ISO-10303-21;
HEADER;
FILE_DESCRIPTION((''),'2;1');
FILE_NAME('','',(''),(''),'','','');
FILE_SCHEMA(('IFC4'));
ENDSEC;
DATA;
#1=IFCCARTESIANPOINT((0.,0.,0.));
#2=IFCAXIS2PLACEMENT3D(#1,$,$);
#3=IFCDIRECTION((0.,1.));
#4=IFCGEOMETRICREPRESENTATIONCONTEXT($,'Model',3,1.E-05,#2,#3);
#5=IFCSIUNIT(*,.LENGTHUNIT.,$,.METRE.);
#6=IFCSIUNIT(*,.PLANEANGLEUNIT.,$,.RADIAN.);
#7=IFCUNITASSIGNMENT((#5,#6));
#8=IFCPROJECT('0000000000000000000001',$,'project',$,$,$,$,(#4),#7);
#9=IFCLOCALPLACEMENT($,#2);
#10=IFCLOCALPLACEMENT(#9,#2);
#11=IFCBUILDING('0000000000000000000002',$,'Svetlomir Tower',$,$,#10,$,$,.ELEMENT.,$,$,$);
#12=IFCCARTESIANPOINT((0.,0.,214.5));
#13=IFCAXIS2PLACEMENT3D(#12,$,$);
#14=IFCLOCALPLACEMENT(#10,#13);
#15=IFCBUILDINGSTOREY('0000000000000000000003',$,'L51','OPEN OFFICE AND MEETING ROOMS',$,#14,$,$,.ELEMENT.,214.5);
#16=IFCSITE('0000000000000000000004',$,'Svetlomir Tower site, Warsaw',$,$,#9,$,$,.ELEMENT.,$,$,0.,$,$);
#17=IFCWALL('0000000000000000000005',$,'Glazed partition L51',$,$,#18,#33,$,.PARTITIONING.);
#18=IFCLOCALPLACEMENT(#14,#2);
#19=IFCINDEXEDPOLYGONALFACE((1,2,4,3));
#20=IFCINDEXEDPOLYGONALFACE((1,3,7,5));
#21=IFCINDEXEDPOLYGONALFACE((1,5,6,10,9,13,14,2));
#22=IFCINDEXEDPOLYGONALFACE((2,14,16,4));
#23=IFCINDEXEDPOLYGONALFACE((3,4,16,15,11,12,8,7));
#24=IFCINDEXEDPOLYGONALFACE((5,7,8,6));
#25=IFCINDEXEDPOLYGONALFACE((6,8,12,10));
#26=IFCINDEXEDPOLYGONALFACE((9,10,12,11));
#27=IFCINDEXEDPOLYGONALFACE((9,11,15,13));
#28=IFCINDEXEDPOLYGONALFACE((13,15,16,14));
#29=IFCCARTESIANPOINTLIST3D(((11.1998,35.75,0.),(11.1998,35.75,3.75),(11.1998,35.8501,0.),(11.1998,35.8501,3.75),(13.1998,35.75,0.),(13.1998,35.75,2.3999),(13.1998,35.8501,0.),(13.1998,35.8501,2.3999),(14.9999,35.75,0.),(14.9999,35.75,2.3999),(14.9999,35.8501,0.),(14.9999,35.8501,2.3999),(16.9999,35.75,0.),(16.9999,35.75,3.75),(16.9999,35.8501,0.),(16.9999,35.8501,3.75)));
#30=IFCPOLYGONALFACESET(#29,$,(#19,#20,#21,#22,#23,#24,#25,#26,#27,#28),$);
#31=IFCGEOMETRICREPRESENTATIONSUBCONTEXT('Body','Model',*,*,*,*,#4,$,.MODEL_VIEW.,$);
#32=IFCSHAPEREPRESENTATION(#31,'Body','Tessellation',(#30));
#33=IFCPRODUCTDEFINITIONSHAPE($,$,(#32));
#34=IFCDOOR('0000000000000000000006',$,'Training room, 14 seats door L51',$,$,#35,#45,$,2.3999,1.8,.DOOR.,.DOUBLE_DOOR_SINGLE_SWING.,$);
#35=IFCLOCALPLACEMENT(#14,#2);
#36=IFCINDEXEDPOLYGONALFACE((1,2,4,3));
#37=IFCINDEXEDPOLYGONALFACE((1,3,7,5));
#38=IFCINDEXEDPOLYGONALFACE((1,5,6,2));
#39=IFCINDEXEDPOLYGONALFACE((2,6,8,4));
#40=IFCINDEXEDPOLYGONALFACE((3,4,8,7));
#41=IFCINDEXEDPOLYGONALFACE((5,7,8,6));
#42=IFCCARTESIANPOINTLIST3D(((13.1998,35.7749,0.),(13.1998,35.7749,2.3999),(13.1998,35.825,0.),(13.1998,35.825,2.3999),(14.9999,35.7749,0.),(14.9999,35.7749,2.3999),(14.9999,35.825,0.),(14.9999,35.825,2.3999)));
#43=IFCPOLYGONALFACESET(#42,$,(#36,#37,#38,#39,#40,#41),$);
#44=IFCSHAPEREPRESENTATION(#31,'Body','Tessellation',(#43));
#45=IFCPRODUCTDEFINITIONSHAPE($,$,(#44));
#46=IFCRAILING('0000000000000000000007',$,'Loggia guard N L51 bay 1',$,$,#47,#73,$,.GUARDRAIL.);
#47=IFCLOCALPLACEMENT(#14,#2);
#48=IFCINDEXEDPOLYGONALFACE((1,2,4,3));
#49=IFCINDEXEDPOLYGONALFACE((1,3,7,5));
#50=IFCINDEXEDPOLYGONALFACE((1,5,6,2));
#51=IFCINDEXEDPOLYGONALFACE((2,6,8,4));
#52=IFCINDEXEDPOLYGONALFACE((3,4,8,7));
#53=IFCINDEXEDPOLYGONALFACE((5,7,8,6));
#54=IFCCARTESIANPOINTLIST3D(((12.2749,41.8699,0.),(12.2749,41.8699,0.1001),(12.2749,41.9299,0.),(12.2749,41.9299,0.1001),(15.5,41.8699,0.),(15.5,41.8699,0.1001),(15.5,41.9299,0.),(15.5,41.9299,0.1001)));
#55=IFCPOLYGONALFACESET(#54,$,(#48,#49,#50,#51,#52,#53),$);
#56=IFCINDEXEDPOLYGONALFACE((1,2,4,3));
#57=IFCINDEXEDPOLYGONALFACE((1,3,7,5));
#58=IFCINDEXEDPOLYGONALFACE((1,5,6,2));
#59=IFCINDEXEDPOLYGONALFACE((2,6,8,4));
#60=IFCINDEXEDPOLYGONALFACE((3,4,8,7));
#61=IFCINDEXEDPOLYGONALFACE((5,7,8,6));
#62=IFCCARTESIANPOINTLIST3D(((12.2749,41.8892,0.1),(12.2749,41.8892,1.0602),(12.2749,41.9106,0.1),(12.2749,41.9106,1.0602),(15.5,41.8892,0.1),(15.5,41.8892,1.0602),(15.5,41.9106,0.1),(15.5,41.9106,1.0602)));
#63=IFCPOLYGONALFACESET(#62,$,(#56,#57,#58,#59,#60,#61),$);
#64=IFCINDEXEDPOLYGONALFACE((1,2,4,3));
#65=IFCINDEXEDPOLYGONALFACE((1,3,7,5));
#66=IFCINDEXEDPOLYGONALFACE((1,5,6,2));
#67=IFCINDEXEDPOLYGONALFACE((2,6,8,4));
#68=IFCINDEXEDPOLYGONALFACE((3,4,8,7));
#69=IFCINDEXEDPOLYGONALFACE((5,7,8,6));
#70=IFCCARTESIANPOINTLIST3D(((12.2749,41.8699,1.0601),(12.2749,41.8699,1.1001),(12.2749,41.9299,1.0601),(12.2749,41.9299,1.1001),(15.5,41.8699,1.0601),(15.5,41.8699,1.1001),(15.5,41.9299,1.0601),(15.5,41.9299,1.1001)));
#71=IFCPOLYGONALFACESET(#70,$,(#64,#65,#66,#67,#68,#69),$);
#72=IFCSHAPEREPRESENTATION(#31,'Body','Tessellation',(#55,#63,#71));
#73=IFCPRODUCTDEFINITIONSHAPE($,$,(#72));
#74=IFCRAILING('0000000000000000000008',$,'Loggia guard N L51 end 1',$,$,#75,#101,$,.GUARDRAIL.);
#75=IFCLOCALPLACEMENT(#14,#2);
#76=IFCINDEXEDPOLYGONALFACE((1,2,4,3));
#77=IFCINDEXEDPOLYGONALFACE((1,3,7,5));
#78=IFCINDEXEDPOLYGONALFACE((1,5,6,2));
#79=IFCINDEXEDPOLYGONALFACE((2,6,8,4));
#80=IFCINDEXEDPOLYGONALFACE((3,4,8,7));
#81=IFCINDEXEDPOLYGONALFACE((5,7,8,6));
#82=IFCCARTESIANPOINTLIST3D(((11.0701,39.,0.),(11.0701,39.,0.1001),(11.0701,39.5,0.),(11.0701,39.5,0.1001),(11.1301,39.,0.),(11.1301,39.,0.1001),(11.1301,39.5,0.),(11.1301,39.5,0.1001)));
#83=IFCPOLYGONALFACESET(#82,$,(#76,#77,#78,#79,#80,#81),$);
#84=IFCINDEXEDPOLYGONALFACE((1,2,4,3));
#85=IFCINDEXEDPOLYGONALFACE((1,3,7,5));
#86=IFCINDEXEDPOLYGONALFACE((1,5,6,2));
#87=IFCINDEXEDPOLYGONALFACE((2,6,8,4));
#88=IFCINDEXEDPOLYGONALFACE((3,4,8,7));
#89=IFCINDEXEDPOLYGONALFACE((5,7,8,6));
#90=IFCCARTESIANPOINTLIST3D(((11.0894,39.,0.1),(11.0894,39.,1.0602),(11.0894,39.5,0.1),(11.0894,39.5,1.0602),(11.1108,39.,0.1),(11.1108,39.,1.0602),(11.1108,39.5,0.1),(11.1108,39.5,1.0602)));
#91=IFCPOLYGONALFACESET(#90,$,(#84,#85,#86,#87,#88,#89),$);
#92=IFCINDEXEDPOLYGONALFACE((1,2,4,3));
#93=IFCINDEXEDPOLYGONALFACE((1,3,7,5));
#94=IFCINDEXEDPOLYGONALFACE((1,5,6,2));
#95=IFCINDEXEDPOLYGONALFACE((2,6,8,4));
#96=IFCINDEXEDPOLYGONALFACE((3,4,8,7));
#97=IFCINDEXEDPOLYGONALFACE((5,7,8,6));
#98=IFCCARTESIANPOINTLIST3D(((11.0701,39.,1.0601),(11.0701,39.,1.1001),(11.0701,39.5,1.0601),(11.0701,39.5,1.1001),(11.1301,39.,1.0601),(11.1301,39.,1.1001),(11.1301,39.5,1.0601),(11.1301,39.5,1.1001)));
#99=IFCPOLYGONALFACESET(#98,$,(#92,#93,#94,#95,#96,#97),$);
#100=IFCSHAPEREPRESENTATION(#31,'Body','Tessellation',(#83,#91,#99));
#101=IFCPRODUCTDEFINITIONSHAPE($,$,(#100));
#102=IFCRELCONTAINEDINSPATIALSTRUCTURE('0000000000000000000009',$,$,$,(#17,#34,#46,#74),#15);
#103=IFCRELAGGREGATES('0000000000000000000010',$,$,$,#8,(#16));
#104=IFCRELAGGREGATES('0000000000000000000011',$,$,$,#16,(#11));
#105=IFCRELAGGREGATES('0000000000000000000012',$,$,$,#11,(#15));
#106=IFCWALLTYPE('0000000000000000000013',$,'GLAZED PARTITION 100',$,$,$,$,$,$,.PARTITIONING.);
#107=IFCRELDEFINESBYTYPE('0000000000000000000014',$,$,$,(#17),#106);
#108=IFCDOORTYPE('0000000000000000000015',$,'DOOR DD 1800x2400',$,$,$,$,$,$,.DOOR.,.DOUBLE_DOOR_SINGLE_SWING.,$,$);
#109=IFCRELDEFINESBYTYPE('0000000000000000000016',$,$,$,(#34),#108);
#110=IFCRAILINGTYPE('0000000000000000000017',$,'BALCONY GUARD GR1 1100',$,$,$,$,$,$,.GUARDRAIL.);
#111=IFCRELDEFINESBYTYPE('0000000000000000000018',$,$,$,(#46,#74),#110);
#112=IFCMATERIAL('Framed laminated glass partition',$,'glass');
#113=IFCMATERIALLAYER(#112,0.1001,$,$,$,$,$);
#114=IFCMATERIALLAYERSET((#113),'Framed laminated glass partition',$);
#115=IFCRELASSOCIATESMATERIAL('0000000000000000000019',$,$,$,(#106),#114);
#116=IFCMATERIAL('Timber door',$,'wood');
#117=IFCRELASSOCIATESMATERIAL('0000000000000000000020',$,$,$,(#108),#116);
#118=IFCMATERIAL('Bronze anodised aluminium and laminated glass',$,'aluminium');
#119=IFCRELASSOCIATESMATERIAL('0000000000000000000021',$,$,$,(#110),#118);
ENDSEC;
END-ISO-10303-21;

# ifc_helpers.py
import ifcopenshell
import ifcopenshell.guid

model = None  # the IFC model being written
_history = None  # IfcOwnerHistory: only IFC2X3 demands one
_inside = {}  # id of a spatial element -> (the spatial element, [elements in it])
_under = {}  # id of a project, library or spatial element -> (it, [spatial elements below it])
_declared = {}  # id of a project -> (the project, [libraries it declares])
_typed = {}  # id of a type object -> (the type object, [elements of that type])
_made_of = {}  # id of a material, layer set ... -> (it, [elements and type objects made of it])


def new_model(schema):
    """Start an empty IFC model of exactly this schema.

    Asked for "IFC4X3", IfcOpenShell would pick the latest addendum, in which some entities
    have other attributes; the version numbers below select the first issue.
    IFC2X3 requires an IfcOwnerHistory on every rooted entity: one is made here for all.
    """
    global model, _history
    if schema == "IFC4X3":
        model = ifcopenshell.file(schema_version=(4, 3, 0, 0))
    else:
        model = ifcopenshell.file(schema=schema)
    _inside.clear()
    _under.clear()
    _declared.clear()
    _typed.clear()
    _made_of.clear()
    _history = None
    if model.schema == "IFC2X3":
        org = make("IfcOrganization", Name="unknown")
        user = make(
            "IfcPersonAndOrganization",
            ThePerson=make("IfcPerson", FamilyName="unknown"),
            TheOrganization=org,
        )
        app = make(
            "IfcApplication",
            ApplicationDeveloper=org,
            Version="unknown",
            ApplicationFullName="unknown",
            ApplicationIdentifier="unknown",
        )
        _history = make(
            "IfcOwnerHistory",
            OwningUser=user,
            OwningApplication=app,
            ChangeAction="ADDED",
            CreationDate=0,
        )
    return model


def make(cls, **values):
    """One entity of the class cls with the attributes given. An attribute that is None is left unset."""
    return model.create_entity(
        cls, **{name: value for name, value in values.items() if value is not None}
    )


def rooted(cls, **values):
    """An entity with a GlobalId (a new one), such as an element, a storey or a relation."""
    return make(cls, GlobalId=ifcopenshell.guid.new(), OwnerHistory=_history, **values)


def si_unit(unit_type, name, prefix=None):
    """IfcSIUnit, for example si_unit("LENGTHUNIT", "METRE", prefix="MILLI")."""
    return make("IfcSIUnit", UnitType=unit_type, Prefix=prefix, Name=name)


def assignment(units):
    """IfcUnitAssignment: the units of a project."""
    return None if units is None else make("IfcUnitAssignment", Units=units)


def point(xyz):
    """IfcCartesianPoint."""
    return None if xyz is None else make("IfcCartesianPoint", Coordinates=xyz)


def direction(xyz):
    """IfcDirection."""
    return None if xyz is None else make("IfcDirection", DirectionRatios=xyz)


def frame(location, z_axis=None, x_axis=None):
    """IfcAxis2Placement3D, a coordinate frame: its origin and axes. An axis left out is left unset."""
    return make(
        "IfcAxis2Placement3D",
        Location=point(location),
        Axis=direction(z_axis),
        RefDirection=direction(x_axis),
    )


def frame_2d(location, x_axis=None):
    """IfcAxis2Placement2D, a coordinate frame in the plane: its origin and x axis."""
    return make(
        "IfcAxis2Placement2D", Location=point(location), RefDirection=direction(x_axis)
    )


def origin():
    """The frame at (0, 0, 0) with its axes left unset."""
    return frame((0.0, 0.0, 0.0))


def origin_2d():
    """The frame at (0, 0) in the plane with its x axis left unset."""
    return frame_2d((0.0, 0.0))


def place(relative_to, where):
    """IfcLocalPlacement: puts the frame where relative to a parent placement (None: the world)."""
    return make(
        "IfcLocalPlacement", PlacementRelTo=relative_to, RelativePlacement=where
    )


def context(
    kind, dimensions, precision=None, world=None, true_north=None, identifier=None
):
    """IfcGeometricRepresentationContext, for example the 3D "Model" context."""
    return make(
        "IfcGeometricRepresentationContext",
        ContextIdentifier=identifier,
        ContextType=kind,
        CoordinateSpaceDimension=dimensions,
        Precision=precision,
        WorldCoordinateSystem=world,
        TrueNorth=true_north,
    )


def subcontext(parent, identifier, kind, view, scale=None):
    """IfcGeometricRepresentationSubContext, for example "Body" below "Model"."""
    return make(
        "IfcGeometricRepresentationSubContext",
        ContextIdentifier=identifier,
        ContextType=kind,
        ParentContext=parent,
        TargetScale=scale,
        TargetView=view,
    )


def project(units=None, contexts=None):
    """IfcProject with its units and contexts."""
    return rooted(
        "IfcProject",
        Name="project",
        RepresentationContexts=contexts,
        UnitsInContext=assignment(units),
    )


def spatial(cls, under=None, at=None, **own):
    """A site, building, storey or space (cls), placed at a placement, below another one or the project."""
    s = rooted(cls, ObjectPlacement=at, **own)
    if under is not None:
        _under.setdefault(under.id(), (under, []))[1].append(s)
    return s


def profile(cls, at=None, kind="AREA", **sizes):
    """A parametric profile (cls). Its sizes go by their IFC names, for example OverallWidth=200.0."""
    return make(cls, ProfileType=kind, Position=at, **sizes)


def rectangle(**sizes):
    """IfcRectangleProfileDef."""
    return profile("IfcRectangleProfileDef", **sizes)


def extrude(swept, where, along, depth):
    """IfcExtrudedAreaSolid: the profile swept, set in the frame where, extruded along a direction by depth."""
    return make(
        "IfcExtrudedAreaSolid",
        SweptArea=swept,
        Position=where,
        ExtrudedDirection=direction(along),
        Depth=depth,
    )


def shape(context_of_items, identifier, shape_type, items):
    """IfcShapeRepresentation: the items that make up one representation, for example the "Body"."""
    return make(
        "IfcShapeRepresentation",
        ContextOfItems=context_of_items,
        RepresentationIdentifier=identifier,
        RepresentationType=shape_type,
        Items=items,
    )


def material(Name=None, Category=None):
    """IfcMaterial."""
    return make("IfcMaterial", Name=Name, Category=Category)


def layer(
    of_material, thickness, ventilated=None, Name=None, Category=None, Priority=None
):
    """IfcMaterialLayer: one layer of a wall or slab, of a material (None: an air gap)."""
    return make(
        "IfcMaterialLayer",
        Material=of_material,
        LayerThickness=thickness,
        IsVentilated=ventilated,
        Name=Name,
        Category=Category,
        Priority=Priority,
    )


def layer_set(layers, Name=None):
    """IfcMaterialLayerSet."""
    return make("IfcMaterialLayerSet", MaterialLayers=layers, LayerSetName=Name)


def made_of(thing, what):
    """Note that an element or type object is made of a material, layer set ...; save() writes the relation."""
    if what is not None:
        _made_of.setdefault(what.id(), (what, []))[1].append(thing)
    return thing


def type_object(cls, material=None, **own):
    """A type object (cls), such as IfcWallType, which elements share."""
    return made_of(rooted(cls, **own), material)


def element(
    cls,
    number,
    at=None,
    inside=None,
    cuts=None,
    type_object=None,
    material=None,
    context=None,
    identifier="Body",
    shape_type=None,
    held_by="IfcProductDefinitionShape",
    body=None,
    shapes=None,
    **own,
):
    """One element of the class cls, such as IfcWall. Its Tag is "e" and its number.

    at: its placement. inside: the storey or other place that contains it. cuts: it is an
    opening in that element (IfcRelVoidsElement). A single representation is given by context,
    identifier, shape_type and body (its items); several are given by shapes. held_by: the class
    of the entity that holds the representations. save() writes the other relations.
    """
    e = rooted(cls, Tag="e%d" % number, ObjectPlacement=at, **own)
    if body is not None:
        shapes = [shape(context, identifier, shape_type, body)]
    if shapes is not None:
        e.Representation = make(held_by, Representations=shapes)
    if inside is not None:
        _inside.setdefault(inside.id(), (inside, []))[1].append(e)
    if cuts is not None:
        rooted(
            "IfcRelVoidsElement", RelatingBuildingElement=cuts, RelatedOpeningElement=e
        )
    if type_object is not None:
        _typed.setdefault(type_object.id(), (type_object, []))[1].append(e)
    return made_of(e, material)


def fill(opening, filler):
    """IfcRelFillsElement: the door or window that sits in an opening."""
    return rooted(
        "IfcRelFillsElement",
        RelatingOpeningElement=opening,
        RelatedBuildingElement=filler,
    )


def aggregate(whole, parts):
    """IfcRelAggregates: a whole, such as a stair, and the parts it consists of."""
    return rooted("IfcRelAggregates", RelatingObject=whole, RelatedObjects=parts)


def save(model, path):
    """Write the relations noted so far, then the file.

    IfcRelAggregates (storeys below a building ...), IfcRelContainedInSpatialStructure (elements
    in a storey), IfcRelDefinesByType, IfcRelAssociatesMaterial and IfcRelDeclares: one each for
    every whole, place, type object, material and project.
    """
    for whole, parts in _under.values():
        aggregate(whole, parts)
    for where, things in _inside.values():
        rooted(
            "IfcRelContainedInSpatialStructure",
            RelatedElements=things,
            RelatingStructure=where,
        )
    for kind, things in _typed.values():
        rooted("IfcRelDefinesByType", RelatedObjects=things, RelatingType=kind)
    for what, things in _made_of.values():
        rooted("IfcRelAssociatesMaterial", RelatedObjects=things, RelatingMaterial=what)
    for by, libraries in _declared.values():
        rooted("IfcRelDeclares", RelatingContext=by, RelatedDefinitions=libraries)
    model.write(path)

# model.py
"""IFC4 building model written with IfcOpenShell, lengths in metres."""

from ifc_helpers import new_model, si_unit, direction, frame, frame_2d, origin, origin_2d, place, context, subcontext, project, spatial, rectangle, extrude, material, layer, layer_set, type_object, element, fill, save


model = new_model("IFC4")

# Units and contexts
model_context = context("Model", 3, precision=1e-05, world=origin(), true_north=direction((0.0, 1.0)))
body_context = subcontext(model_context, "Body", "Model", "MODEL_VIEW")
ifc_project = project(units=[si_unit("LENGTHUNIT", "METRE"), si_unit("PLANEANGLEUNIT", "RADIAN")], contexts=[model_context])

# Site, building, storey
site_placement = place(None, origin())
site = spatial("IfcSite", under=ifc_project, at=site_placement, Name="Svetlomir Tower site, Warsaw", CompositionType="ELEMENT", RefElevation=0.0)
building_placement = place(site_placement, origin())
building = spatial("IfcBuilding", under=site, at=building_placement, Name="Svetlomir Tower", CompositionType="ELEMENT")
storey_placement = place(building_placement, frame((0.0, 0.0, 214.5)))
storey = spatial("IfcBuildingStorey", under=building, at=storey_placement, Name="L51", Description="OPEN OFFICE AND MEETING ROOMS", CompositionType="ELEMENT", Elevation=214.5)

# Wall, opening, door
ifc_material_1 = material(Name="Framed laminated glass partition", Category="glass")
ifc_layer_1 = layer(ifc_material_1, 0.1001)
ifc_layer_set_1 = layer_set([ifc_layer_1], Name="Framed laminated glass partition")
wall_type = type_object("IfcWallType", Name="GLAZED PARTITION 100", PredefinedType="PARTITIONING", material=ifc_layer_set_1)
wall_placement = place(storey_placement, frame((11.2, 35.8, 0.0), z_axis=(0.0, 0.0, 1.0), x_axis=(1.0, 0.0, 0.0)))
wall = element("IfcWall", 1, at=wall_placement, inside=storey, type_object=wall_type, Name="Glazed partition L51", PredefinedType="PARTITIONING", context=body_context, shape_type="SweptSolid", body=[
    extrude(rectangle(XDim=5.8, YDim=0.1001, at=frame_2d((2.8999, 0.0))), origin(), (0.0, 0.0, 1.0), 3.75),
])
opening_placement = place(wall_placement, frame((2.0, 0.0, 0.0)))
opening = element("IfcOpeningElement", 2, at=opening_placement, cuts=wall, PredefinedType="OPENING", context=body_context, shape_type="SweptSolid", body=[
    extrude(rectangle(XDim=1.8, YDim=2.3999, at=frame_2d((0.8999, 1.2))), frame((0.0, 0.0601, 0.0), z_axis=(0.0, -1.0, 0.0), x_axis=(1.0, 0.0, 0.0)), (0.0, 0.0, 1.0), 0.1201),
])
ifc_material_2 = material(Name="Timber door", Category="wood")
door_type = type_object("IfcDoorType", Name="DOOR DD 1800x2400", OperationType="DOUBLE_DOOR_SINGLE_SWING", PredefinedType="DOOR", material=ifc_material_2)
door_placement = place(opening_placement, origin())
door = element("IfcDoor", 3, at=door_placement, inside=storey, type_object=door_type, Name="Training room, 14 seats door L51", OperationType="DOUBLE_DOOR_SINGLE_SWING", OverallHeight=2.3999, OverallWidth=1.8, PredefinedType="DOOR", context=body_context, shape_type="SweptSolid", body=[
    extrude(rectangle(XDim=1.8, YDim=2.3999, at=frame_2d((0.8999, 1.2))), frame((0.0, 0.0249, 0.0), z_axis=(0.0, -1.0, 0.0), x_axis=(1.0, 0.0, 0.0)), (0.0, 0.0, 1.0), 0.05),
])
fill(opening, door)

# Railings
ifc_material_3 = material(Name="Bronze anodised aluminium and laminated glass", Category="aluminium")
railing_type = type_object("IfcRailingType", Name="BALCONY GUARD GR1 1100", PredefinedType="GUARDRAIL", material=ifc_material_3)
railing_1_placement = place(storey_placement, frame((12.2749, 41.8999, 0.0)))
element("IfcRailing", 4, at=railing_1_placement, inside=storey, type_object=railing_type, Name="Loggia guard N L51 bay 1", PredefinedType="GUARDRAIL", context=body_context, shape_type="SweptSolid", body=[
    extrude(rectangle(XDim=0.0601, YDim=0.1001, at=origin_2d()), frame((0.0, 0.0, 0.05), z_axis=(1.0, 0.0, 0.0), x_axis=(0.0, 1.0, 0.0)), (0.0, 0.0, 1.0), 3.2251),
    extrude(rectangle(XDim=0.0215, YDim=0.9602, at=origin_2d()), frame((0.0, 0.0, 0.5801), z_axis=(1.0, 0.0, 0.0), x_axis=(0.0, 1.0, 0.0)), (0.0, 0.0, 1.0), 3.2251),
    extrude(rectangle(XDim=0.0601, YDim=0.04, at=origin_2d()), frame((0.0, 0.0, 1.0801), z_axis=(1.0, 0.0, 0.0), x_axis=(0.0, 1.0, 0.0)), (0.0, 0.0, 1.0), 3.2251),
])
railing_2_placement = place(storey_placement, frame((11.1001, 39.5, 0.0)))
element("IfcRailing", 5, at=railing_2_placement, inside=storey, type_object=railing_type, Name="Loggia guard N L51 end 1", PredefinedType="GUARDRAIL", context=body_context, shape_type="SweptSolid", body=[
    extrude(rectangle(XDim=0.0601, YDim=0.1001, at=origin_2d()), frame((0.0, 0.0, 0.05), z_axis=(0.0, -1.0, 0.0), x_axis=(1.0, 0.0, 0.0)), (0.0, 0.0, 1.0), 0.5),
    extrude(rectangle(XDim=0.0215, YDim=0.9602, at=origin_2d()), frame((0.0, 0.0, 0.5801), z_axis=(0.0, -1.0, 0.0), x_axis=(1.0, 0.0, 0.0)), (0.0, 0.0, 1.0), 0.5),
    extrude(rectangle(XDim=0.0601, YDim=0.04, at=origin_2d()), frame((0.0, 0.0, 1.0801), z_axis=(0.0, -1.0, 0.0), x_axis=(1.0, 0.0, 0.0)), (0.0, 0.0, 1.0), 0.5),
])

save(model, "model.ifc")
